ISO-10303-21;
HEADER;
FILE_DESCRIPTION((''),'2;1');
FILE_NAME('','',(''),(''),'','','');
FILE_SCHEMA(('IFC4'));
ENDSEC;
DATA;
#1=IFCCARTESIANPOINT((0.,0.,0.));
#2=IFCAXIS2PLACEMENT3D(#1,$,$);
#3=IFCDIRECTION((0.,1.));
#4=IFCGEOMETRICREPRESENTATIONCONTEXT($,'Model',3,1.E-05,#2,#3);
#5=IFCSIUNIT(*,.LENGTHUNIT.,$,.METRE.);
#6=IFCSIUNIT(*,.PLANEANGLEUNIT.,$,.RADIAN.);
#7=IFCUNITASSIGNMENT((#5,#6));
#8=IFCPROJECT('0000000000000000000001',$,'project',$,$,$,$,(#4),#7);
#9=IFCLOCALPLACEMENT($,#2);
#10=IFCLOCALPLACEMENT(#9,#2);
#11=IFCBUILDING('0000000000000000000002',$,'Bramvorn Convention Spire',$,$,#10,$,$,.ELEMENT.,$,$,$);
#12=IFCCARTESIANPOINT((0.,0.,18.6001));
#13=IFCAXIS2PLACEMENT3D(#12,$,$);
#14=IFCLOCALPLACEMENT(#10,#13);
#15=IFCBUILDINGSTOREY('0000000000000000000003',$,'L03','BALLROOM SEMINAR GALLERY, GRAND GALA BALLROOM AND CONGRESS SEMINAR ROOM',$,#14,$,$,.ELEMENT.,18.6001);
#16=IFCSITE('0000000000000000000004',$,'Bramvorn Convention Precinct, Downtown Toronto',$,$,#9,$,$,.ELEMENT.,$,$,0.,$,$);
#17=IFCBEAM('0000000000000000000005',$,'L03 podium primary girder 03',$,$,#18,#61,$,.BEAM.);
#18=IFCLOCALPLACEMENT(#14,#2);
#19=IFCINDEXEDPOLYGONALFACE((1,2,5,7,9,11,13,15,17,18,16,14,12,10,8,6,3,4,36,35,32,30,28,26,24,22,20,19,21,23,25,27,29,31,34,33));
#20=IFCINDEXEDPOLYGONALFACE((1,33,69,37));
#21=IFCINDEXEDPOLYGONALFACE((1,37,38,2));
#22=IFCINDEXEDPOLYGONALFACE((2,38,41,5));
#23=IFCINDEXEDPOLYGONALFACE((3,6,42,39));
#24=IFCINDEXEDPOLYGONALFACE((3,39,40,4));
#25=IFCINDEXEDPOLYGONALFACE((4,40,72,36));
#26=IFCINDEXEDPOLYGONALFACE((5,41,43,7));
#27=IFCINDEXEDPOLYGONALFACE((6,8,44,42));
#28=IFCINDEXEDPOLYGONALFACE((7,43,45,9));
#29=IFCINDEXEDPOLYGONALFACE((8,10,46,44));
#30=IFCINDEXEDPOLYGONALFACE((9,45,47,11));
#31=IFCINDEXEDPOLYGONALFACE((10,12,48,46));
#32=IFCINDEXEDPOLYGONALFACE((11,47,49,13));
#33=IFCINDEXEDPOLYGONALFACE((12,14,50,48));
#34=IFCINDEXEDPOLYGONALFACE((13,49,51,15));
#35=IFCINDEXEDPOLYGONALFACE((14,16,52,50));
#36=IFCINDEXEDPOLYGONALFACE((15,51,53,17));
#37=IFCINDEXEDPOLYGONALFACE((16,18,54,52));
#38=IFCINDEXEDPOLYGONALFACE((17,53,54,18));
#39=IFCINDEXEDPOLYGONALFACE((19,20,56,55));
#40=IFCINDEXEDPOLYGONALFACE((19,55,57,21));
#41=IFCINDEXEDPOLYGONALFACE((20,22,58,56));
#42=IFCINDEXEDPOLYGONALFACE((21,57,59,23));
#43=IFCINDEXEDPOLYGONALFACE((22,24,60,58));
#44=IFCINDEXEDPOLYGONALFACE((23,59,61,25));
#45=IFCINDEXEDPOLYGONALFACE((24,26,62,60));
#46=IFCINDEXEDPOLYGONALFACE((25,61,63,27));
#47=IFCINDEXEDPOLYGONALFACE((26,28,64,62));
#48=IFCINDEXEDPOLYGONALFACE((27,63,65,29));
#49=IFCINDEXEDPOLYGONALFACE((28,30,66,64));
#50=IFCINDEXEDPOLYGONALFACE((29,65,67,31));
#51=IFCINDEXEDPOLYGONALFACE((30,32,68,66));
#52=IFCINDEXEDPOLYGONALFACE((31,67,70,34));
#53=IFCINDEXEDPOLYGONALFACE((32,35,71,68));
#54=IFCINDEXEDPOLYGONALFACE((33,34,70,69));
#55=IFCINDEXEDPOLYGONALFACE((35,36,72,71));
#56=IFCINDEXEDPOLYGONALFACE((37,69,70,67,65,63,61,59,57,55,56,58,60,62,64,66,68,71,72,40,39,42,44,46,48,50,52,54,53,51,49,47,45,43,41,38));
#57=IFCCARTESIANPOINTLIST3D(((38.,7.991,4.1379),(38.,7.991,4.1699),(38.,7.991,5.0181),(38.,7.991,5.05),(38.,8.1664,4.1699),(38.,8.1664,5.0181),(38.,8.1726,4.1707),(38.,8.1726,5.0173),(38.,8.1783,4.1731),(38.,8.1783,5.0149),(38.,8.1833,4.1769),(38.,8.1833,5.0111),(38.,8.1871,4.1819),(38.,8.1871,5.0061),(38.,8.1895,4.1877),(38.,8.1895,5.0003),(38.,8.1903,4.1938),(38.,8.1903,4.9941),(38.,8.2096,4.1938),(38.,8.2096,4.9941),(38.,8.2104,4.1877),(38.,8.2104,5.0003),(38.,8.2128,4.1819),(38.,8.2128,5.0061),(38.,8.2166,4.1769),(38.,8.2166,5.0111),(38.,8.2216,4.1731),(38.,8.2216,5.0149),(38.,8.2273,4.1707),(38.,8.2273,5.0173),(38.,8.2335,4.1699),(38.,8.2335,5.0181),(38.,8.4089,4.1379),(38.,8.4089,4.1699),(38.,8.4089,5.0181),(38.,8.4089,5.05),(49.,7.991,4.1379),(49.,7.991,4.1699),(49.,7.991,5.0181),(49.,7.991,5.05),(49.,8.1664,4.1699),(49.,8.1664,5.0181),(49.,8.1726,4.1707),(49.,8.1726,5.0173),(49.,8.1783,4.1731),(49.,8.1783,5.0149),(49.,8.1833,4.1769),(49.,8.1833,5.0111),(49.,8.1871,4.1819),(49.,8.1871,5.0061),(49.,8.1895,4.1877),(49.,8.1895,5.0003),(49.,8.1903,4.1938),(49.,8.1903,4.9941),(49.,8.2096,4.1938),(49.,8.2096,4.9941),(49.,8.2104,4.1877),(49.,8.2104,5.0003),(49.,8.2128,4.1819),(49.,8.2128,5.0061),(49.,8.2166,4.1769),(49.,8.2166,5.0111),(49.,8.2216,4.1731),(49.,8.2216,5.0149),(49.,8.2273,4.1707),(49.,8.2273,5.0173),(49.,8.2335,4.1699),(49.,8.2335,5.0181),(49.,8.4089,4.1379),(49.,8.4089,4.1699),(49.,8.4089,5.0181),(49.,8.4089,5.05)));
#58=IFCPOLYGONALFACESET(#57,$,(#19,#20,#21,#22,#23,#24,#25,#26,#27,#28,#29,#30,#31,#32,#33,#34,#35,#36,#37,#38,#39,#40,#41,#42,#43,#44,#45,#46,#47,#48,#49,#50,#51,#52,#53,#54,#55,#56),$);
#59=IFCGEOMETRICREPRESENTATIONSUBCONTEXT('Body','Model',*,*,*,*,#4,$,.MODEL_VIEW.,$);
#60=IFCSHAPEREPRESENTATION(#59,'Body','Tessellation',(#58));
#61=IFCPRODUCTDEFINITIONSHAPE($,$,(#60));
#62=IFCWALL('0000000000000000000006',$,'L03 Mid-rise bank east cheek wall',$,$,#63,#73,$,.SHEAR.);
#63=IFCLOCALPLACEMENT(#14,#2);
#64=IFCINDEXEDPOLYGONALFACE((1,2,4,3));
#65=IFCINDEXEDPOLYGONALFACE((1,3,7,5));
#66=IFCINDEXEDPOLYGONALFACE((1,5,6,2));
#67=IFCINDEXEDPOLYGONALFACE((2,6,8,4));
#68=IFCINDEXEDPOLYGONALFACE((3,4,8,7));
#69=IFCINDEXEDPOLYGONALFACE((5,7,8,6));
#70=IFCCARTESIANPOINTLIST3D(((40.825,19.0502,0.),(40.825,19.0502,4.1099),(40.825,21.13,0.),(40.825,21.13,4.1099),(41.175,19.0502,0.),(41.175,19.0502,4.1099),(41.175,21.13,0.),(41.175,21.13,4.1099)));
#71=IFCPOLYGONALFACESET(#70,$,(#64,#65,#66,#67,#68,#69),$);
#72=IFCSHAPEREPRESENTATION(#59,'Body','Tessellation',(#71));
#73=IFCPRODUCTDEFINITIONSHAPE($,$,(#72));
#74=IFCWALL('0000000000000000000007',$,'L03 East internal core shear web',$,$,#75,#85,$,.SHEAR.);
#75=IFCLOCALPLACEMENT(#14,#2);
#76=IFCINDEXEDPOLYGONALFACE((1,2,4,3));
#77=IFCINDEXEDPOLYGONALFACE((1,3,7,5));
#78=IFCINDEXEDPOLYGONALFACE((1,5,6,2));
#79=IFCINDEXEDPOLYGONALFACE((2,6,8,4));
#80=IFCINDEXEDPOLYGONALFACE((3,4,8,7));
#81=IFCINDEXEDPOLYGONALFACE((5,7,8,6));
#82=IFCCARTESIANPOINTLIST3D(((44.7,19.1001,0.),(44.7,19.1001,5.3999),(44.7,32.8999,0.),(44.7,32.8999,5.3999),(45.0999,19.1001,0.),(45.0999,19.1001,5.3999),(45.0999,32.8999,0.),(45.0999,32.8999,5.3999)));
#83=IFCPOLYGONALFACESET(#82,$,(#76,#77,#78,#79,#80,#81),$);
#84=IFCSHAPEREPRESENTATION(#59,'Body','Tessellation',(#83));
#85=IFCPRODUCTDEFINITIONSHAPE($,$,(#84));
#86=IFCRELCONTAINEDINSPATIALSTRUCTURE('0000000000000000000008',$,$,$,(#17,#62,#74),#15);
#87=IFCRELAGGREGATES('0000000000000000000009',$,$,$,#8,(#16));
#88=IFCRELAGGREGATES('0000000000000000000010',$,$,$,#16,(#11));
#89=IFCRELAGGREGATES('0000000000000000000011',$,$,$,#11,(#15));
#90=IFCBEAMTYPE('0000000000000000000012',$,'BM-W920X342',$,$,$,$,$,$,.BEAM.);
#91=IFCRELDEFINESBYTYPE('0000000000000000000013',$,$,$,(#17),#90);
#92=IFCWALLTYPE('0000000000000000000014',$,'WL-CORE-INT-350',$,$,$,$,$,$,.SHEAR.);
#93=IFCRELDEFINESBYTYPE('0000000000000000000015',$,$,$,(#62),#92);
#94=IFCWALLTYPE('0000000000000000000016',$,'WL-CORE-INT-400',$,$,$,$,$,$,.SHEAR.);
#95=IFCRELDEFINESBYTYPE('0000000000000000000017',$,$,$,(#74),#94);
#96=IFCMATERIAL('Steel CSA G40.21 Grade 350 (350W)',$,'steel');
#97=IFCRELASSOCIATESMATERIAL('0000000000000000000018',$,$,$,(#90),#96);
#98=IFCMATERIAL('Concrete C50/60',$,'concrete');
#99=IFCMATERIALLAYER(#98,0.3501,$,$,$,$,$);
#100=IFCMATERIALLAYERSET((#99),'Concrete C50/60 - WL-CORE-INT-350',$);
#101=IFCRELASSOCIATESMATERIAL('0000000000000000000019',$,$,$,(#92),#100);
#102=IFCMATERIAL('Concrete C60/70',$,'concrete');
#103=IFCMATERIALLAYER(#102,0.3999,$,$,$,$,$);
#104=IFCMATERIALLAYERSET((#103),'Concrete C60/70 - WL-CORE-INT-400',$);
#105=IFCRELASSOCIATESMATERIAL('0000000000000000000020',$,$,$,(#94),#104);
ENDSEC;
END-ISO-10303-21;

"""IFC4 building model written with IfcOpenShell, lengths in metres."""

from ifc_helpers import new_model, si_unit, direction, frame, frame_2d, origin, origin_2d, place, context, subcontext, project, spatial, rectangle, i_section, extrude, material, layer, layer_set, material_profile, profile_set, type_object, element, save


model = new_model("IFC4")

# Units and contexts
model_context = context("Model", 3, precision=1e-05, world=origin(), true_north=direction((0.0, 1.0)))
body_context = subcontext(model_context, "Body", "Model", "MODEL_VIEW")
ifc_project = project(units=[si_unit("LENGTHUNIT", "METRE"), si_unit("PLANEANGLEUNIT", "RADIAN")], contexts=[model_context])

# Site, building, storey
site_placement = place(None, origin())
site = spatial("IfcSite", under=ifc_project, at=site_placement, Name="Bramvorn Convention Precinct, Downtown Toronto", CompositionType="ELEMENT", RefElevation=0.0)
building_placement = place(site_placement, origin())
building = spatial("IfcBuilding", under=site, at=building_placement, Name="Bramvorn Convention Spire", CompositionType="ELEMENT")
storey_placement = place(building_placement, frame((0.0, 0.0, 18.6001)))
storey = spatial("IfcBuildingStorey", under=building, at=storey_placement, Name="L03", Description="BALLROOM SEMINAR GALLERY, GRAND GALA BALLROOM AND CONGRESS SEMINAR ROOM", CompositionType="ELEMENT", Elevation=18.6001)

# Shared definitions
ifc_material_1 = material(Name="Steel CSA G40.21 Grade 350 (350W)", Category="steel")
ifc_material_2 = material(Name="Concrete C60/70", Category="concrete")

# Beam
ifc_material_profile_1 = material_profile(ifc_material_1, i_section(OverallWidth=0.418, OverallDepth=0.9121, WebThickness=0.0193, FlangeThickness=0.032, FilletRadius=0.0239, at=origin_2d()))
ifc_profile_set_1 = profile_set([ifc_material_profile_1], Name="Steel CSA G40.21 Grade 350 (350W) - W920X342")
beam_type_1 = type_object("IfcBeamType", Name="BM-W920X342", PredefinedType="BEAM", material=ifc_profile_set_1)
beam_1_placement = place(storey_placement, frame((38.0, 8.2, 4.594), z_axis=(1.0, 0.0, 0.0), x_axis=(0.0, 1.0, 0.0)))
element("IfcBeam", 1, at=beam_1_placement, inside=storey, type_object=beam_type_1, Name="L03 podium primary girder 03", PredefinedType="BEAM", context=body_context, shape_type="SweptSolid", body=[
    extrude(i_section(OverallWidth=0.418, OverallDepth=0.9121, WebThickness=0.0193, FlangeThickness=0.032, FilletRadius=0.0239, at=origin_2d()), origin(), (0.0, 0.0, 1.0), 11.0),
])

# Walls
ifc_material_3 = material(Name="Concrete C50/60", Category="concrete")
ifc_layer_1 = layer(ifc_material_3, 0.3501)
ifc_layer_set_1 = layer_set([ifc_layer_1], Name="Concrete C50/60 - WL-CORE-INT-350")
wall_type_1 = type_object("IfcWallType", Name="WL-CORE-INT-350", PredefinedType="SHEAR", material=ifc_layer_set_1)
wall_1_placement = place(storey_placement, frame((41.0, 19.05, 0.0), z_axis=(0.0, 0.0, 1.0), x_axis=(0.0, 1.0, 0.0)))
element("IfcWall", 2, at=wall_1_placement, inside=storey, type_object=wall_type_1, Name="L03 Mid-rise bank east cheek wall", PredefinedType="SHEAR", context=body_context, shape_type="SweptSolid", body=[
    extrude(rectangle(XDim=2.0798, YDim=0.3501, at=frame_2d((1.04, 0.0))), origin(), (0.0, 0.0, 1.0), 4.1099),
])
ifc_layer_2 = layer(ifc_material_2, 0.3999)
ifc_layer_set_2 = layer_set([ifc_layer_2], Name="Concrete C60/70 - WL-CORE-INT-400")
wall_type_2 = type_object("IfcWallType", Name="WL-CORE-INT-400", PredefinedType="SHEAR", material=ifc_layer_set_2)
wall_2_placement = place(storey_placement, frame((44.8999, 19.1001, 0.0), z_axis=(0.0, 0.0, 1.0), x_axis=(0.0, 1.0, 0.0)))
element("IfcWall", 3, at=wall_2_placement, inside=storey, type_object=wall_type_2, Name="L03 East internal core shear web", PredefinedType="SHEAR", context=body_context, shape_type="SweptSolid", body=[
    extrude(rectangle(XDim=13.7998, YDim=0.3999, at=frame_2d((6.8999, 0.0))), origin(), (0.0, 0.0, 1.0), 5.3999),
])

save(model, "model.ifc")
